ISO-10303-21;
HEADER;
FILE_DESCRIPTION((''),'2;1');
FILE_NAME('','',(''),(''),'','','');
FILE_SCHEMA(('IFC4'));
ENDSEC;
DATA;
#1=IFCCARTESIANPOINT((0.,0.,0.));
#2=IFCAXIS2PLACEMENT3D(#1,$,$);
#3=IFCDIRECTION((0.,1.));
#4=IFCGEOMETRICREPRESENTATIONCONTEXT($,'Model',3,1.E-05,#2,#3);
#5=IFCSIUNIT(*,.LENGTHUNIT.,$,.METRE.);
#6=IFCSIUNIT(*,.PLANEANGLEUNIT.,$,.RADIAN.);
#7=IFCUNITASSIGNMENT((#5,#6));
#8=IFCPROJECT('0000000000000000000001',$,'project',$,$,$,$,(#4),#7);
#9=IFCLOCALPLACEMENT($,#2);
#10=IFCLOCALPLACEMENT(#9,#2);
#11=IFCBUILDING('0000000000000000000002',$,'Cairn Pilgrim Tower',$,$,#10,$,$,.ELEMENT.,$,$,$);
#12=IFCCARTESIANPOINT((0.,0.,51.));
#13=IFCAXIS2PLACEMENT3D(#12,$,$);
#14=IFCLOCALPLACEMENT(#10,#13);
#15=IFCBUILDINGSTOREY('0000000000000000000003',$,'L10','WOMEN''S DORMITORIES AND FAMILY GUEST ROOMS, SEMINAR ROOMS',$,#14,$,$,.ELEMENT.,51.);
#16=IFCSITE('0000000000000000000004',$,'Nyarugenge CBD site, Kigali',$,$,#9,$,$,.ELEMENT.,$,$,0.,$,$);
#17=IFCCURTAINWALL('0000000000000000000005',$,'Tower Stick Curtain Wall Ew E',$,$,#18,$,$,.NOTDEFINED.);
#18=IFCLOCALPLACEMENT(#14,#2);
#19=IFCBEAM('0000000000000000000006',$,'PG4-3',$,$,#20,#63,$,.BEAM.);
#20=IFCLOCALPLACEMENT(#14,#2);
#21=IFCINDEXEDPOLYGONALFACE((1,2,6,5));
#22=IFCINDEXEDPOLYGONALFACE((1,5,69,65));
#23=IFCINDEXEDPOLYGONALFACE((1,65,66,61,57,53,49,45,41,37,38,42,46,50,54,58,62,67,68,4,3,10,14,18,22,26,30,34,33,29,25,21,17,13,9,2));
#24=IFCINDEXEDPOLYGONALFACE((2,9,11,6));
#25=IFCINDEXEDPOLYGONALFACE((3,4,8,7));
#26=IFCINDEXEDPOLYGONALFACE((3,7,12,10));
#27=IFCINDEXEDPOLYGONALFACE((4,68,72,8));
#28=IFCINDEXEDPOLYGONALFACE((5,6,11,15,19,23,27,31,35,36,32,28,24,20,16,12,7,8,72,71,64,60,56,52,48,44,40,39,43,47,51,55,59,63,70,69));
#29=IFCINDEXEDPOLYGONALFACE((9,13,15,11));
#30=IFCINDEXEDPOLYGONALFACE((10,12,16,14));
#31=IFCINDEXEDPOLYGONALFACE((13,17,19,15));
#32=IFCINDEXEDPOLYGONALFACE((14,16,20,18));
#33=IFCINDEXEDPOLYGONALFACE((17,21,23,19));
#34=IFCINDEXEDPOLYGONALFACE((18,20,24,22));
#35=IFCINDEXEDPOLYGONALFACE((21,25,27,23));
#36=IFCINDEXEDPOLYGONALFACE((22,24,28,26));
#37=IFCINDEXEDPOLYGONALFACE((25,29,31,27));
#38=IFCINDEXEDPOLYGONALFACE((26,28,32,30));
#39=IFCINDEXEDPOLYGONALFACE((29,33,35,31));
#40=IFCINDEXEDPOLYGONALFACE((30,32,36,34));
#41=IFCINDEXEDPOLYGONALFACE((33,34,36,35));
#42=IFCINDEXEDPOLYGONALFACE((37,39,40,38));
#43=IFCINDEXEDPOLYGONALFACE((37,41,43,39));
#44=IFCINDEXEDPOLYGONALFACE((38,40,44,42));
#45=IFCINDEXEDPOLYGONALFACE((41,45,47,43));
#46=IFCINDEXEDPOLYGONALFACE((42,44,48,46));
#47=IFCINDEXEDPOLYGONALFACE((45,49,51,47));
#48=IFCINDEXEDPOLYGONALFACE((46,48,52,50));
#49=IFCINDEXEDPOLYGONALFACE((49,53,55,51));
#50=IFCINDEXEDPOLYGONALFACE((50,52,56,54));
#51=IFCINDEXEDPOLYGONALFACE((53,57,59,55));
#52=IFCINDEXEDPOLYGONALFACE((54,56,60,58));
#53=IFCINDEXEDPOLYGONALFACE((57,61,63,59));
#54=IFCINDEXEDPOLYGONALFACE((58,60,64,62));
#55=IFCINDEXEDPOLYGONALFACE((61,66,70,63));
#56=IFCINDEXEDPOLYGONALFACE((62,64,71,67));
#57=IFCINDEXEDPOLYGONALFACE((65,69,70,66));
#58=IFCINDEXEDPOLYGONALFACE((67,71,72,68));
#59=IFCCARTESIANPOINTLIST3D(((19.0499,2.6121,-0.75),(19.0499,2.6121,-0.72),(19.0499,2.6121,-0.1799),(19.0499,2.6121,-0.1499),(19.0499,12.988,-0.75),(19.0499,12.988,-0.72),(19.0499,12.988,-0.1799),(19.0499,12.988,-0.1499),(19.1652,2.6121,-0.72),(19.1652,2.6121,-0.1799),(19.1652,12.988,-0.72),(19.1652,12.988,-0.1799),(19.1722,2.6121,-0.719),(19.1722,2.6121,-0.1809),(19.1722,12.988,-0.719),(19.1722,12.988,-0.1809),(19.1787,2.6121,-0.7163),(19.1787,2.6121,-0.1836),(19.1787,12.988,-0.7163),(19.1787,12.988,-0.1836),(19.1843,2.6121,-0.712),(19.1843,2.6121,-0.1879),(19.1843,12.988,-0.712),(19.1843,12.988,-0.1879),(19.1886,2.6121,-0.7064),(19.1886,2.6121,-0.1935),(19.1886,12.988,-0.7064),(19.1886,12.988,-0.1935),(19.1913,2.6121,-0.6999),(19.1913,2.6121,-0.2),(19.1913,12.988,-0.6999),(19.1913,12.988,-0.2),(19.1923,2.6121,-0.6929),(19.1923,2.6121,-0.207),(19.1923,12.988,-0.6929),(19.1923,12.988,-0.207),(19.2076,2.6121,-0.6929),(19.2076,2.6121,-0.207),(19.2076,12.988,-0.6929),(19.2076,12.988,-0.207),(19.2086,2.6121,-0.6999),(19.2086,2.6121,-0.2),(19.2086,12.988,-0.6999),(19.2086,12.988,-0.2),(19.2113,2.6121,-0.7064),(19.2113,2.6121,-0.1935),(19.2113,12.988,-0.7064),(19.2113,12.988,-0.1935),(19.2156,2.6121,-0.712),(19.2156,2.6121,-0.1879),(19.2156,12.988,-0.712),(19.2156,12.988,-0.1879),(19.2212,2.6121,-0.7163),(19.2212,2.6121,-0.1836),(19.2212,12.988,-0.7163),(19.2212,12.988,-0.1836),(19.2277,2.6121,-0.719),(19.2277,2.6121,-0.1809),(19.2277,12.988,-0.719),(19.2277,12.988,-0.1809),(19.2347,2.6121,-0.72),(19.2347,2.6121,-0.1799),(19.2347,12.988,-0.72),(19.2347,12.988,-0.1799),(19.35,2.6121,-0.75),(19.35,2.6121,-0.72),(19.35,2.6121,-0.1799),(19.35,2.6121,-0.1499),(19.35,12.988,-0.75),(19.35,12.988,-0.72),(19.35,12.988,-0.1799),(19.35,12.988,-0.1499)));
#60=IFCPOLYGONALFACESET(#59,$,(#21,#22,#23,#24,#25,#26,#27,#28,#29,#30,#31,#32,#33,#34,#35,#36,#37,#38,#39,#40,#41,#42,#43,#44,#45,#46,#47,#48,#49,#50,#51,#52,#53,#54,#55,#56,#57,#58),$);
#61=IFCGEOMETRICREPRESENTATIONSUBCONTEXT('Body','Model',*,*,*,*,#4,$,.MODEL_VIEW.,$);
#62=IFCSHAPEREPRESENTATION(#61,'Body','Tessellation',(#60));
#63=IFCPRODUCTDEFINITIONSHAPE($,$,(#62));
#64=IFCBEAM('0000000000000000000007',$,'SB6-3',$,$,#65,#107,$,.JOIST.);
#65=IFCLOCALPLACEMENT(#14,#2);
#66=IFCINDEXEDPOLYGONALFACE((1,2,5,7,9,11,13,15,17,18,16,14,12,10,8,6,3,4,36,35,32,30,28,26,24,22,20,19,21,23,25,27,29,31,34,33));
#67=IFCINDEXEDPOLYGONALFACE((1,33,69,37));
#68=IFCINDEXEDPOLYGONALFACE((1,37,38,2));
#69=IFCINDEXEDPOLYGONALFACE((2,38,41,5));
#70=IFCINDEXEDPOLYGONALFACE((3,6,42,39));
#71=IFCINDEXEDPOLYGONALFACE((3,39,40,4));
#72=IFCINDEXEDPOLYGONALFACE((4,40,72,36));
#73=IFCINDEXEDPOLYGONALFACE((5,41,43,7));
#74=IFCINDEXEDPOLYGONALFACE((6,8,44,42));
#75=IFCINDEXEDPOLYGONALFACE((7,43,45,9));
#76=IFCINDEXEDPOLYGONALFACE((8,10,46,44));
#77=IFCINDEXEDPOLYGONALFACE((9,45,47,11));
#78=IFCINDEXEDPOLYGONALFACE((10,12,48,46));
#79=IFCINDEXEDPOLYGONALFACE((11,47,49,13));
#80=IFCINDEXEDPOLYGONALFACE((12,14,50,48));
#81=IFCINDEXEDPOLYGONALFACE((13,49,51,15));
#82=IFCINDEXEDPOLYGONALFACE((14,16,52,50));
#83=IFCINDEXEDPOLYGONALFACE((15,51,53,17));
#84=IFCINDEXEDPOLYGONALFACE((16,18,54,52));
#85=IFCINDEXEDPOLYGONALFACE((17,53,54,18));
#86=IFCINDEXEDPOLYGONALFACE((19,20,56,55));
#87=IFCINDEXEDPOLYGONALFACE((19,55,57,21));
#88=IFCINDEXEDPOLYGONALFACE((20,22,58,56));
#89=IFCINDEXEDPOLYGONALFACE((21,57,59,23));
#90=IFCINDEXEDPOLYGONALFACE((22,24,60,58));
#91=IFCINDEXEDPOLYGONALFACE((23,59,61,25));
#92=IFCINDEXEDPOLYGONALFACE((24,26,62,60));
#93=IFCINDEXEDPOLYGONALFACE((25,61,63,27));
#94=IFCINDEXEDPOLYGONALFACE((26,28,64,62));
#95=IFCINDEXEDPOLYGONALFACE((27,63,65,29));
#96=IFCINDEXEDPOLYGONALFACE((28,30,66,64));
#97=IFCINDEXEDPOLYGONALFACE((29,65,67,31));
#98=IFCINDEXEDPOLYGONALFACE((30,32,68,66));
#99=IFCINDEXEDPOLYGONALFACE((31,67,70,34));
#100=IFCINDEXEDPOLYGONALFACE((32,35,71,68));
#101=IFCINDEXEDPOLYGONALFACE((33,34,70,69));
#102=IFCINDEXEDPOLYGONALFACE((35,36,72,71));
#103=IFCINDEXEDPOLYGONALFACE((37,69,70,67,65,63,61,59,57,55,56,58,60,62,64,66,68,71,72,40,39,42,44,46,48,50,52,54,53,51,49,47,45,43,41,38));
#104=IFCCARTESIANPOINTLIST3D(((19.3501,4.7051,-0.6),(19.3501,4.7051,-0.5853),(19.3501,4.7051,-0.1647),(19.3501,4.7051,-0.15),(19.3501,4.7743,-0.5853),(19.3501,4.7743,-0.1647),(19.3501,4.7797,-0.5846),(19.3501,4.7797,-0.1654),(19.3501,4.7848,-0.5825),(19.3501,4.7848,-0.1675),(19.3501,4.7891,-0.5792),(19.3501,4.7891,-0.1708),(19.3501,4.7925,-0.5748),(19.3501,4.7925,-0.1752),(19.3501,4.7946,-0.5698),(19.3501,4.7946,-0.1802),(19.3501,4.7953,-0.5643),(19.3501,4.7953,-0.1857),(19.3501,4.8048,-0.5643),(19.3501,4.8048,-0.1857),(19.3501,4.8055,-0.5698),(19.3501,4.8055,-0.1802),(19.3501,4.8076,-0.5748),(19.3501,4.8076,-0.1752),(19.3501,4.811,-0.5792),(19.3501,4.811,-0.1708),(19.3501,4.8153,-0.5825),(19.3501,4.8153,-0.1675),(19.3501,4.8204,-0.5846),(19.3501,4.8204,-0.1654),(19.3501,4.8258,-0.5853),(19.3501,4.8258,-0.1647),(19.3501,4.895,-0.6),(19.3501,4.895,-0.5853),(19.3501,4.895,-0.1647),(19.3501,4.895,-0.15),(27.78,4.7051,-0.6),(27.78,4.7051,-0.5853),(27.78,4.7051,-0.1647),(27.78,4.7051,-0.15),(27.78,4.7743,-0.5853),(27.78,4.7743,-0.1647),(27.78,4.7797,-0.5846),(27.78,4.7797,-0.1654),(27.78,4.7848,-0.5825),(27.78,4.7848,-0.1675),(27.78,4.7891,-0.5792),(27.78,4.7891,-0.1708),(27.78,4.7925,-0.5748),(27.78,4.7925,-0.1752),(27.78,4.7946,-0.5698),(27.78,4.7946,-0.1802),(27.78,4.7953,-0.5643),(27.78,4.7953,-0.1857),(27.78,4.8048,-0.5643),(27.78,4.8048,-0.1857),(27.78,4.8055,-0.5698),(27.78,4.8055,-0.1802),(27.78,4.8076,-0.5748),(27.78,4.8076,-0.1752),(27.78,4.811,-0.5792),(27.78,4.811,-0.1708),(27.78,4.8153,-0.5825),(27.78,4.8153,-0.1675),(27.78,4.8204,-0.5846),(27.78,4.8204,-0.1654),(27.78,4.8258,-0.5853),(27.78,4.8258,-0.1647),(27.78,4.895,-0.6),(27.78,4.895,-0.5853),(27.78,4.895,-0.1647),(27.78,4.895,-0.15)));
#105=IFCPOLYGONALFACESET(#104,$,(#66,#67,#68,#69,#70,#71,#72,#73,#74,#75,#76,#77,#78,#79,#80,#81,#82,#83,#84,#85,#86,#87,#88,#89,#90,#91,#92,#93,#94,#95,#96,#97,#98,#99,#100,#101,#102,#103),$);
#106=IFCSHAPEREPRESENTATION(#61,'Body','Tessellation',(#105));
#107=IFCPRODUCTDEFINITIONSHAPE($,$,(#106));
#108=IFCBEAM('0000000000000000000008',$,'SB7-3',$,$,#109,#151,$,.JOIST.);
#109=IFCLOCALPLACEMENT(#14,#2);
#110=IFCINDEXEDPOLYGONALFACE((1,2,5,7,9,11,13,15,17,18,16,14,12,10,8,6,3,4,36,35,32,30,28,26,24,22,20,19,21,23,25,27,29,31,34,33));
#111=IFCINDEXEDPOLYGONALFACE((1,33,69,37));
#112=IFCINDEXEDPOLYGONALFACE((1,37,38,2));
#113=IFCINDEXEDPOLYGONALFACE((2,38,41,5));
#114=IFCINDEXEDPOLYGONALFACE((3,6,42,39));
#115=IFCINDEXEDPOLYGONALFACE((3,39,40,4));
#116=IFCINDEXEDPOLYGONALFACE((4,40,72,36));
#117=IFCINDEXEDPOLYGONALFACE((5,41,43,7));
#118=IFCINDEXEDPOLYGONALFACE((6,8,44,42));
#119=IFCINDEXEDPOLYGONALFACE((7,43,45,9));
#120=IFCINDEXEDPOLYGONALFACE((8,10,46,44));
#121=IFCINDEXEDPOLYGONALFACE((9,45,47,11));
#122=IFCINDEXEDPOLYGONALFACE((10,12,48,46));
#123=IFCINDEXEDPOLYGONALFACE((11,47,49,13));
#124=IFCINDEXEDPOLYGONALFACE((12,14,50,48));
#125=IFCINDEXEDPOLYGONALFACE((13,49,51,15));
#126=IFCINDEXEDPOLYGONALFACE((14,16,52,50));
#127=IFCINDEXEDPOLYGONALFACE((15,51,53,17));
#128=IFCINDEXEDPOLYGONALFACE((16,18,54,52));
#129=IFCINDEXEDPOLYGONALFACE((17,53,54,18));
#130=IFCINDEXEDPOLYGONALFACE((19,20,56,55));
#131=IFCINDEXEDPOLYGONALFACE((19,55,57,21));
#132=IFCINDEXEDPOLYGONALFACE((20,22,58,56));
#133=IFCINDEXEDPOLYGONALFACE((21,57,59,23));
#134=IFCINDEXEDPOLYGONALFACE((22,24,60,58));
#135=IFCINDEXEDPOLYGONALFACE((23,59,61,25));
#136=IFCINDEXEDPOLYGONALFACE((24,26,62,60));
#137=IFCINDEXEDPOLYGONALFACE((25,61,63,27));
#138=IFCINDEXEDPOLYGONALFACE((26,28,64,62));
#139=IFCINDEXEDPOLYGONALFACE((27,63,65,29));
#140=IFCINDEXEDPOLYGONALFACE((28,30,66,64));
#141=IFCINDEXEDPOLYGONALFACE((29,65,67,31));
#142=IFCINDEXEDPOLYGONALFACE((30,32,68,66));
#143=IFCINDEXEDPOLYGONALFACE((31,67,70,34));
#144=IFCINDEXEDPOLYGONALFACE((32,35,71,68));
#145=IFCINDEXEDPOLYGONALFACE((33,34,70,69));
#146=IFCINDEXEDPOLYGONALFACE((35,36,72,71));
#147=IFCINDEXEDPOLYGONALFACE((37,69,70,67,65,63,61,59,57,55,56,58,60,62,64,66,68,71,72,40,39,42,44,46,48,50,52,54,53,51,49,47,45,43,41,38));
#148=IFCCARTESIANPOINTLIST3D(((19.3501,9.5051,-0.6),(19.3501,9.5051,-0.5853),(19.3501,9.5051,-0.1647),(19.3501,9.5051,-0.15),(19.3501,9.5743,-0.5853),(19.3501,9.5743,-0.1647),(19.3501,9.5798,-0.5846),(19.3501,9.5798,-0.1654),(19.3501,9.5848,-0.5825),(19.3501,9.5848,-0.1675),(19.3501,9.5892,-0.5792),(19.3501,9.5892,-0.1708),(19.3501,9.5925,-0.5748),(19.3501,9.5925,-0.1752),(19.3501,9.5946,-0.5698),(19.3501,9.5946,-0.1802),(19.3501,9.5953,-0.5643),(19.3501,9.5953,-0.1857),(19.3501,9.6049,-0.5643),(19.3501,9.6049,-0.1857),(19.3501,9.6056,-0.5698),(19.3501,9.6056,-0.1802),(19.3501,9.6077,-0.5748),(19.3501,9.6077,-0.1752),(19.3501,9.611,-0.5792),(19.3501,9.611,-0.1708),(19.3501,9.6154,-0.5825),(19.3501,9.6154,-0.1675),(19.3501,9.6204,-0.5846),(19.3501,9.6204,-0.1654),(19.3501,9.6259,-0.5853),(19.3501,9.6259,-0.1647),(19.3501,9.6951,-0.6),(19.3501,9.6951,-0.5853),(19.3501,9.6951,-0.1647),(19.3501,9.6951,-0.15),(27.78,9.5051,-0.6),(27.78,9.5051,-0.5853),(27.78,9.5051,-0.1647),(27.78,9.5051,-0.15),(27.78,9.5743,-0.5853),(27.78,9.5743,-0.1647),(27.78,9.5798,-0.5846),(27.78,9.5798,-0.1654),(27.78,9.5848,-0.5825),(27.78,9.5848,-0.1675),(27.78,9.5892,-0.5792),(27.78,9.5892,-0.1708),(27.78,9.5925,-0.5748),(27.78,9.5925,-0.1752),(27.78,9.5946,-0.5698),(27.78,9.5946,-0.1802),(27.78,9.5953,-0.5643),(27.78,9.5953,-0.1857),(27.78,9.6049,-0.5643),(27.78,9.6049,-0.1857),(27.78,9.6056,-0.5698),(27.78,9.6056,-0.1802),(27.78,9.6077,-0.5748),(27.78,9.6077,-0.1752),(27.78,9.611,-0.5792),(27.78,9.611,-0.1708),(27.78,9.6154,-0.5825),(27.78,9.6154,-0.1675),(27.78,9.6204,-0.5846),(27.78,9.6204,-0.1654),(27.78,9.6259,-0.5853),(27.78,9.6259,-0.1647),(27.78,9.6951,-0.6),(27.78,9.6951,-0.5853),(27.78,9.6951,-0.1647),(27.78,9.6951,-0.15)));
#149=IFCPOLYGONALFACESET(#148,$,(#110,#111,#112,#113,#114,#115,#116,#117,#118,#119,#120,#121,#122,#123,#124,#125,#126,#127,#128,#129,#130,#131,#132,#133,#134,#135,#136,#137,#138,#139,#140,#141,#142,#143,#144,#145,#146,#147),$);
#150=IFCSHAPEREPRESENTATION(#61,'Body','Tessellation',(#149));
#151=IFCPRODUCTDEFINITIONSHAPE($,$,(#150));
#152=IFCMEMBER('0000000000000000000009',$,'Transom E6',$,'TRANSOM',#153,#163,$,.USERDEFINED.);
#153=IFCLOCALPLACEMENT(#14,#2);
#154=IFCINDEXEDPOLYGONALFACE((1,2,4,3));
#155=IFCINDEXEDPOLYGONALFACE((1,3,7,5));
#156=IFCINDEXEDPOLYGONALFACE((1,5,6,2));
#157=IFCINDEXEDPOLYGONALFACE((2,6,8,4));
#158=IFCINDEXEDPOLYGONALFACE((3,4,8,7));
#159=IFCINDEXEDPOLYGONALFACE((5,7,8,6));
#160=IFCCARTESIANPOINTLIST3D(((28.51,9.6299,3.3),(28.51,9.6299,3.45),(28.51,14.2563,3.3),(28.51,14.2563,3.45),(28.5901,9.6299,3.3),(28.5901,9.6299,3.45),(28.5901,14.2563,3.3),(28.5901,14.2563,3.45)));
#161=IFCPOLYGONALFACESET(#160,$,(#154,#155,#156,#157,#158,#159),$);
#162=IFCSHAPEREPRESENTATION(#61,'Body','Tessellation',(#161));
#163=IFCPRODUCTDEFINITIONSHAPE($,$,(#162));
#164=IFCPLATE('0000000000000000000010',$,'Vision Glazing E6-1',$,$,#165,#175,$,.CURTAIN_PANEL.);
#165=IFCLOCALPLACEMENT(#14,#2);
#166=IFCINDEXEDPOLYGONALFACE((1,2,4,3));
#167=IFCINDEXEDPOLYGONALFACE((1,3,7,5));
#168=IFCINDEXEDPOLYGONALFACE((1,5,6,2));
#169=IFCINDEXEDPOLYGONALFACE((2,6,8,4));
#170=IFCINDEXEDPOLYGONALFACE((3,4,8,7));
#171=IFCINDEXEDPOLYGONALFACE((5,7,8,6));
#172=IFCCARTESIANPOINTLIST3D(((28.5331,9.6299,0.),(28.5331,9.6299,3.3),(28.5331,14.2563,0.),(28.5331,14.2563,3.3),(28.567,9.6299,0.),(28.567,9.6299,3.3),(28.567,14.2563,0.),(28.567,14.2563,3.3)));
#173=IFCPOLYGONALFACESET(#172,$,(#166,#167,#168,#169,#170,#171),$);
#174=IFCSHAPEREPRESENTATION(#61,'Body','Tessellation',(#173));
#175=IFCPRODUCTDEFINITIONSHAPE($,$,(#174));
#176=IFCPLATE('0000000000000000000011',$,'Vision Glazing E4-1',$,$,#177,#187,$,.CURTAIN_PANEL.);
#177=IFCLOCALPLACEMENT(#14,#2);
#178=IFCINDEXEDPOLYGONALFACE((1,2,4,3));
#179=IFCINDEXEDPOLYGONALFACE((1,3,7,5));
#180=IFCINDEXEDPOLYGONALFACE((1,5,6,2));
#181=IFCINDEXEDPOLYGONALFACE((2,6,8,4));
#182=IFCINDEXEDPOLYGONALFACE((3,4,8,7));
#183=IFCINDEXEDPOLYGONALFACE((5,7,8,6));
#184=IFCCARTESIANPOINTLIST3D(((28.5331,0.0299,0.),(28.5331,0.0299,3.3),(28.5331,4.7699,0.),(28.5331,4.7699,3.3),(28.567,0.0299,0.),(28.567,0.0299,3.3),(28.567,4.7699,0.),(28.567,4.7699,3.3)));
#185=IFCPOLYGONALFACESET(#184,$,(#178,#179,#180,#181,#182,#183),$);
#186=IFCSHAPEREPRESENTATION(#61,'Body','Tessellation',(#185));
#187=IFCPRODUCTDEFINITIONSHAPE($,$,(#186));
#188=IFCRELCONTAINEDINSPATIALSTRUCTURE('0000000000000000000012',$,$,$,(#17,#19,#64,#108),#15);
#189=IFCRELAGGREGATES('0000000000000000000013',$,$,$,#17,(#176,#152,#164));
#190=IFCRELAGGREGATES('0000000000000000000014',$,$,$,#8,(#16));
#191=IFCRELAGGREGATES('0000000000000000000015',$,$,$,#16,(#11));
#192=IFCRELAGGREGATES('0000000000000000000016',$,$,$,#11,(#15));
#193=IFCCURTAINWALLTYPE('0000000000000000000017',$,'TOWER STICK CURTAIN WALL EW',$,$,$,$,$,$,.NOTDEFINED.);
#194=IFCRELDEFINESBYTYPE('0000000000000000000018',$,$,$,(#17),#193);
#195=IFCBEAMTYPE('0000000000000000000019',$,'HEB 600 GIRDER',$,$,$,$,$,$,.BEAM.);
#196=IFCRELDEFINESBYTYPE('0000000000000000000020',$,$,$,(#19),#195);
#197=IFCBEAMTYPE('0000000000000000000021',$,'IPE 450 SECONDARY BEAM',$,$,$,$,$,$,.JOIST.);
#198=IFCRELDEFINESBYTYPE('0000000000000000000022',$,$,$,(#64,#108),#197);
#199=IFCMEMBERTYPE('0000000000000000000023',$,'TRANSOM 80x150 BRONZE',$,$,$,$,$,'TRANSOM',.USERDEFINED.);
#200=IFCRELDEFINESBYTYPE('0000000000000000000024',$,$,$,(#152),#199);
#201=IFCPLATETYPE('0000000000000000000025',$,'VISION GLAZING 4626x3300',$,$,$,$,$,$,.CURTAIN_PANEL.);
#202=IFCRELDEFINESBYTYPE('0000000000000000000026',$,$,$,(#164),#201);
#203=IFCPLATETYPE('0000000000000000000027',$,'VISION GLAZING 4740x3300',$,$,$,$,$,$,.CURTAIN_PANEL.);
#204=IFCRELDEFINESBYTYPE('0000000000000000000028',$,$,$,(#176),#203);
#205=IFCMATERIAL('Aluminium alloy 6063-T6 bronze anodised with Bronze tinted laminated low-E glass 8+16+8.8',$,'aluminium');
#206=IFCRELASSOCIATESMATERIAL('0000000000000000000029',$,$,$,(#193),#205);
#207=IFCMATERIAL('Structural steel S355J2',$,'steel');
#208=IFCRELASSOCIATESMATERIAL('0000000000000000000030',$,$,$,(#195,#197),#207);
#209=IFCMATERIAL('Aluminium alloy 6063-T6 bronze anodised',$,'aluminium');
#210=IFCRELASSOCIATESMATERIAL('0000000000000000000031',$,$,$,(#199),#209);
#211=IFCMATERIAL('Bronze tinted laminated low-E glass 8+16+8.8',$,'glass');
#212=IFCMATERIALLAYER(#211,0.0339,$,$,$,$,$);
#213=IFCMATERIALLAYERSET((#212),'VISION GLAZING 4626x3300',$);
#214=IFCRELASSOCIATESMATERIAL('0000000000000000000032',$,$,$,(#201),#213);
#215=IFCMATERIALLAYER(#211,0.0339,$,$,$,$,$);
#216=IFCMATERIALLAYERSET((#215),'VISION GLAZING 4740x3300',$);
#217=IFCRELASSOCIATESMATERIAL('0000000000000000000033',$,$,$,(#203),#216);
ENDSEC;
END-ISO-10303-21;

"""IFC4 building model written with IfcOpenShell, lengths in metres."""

from ifc_helpers import new_model, si_unit, direction, frame, origin, origin_2d, place, context, subcontext, project, spatial, rectangle, i_section, extrude, material, layer, layer_set, material_profile, profile_set, type_object, element, aggregate, save


model = new_model("IFC4")

# Units and contexts
model_context = context("Model", 3, precision=1e-05, world=origin(), true_north=direction((0.0, 1.0)))
body_context = subcontext(model_context, "Body", "Model", "MODEL_VIEW")
ifc_project = project(units=[si_unit("LENGTHUNIT", "METRE"), si_unit("PLANEANGLEUNIT", "RADIAN")], contexts=[model_context])

# Site, building, storey
site_placement = place(None, origin())
site = spatial("IfcSite", under=ifc_project, at=site_placement, Name="Nyarugenge CBD site, Kigali", CompositionType="ELEMENT", RefElevation=0.0)
building_placement = place(site_placement, origin())
building = spatial("IfcBuilding", under=site, at=building_placement, Name="Cairn Pilgrim Tower", CompositionType="ELEMENT")
storey_placement = place(building_placement, frame((0.0, 0.0, 51.0)))
storey = spatial("IfcBuildingStorey", under=building, at=storey_placement, Name="L10", Description="WOMEN'S DORMITORIES AND FAMILY GUEST ROOMS, SEMINAR ROOMS", CompositionType="ELEMENT", Elevation=51.0)

# Curtain wall
ifc_material_1 = material(Name="Aluminium alloy 6063-T6 bronze anodised with Bronze tinted laminated low-E glass 8+16+8.8", Category="aluminium")
curtain_wall_type = type_object("IfcCurtainWallType", Name="TOWER STICK CURTAIN WALL EW", PredefinedType="NOTDEFINED", material=ifc_material_1)
curtain_wall_placement = place(storey_placement, origin())
curtain_wall = element("IfcCurtainWall", 1, at=curtain_wall_placement, inside=storey, type_object=curtain_wall_type, Name="Tower Stick Curtain Wall Ew E", PredefinedType="NOTDEFINED")
ifc_material_2 = material(Name="Aluminium alloy 6063-T6 bronze anodised", Category="aluminium")

# Beams
ifc_material_3 = material(Name="Structural steel S355J2", Category="steel")
ifc_material_profile_1 = material_profile(ifc_material_3, i_section(OverallWidth=0.3, OverallDepth=0.6001, WebThickness=0.0154, FlangeThickness=0.03, FilletRadius=0.0271, at=origin_2d()), Name="HEB 600")
ifc_profile_set_1 = profile_set([ifc_material_profile_1], Name="Structural steel S355J2")
beam_type_1 = type_object("IfcBeamType", Name="HEB 600 GIRDER", PredefinedType="BEAM", material=ifc_profile_set_1)
beam_1_placement = place(storey_placement, frame((19.2, 2.6121, -0.45), z_axis=(0.0, 1.0, 0.0), x_axis=(-1.0, 0.0, 0.0)))
element("IfcBeam", 2, at=beam_1_placement, inside=storey, type_object=beam_type_1, Name="PG4-3", PredefinedType="BEAM", context=body_context, shape_type="SweptSolid", body=[
    extrude(i_section(OverallWidth=0.3, OverallDepth=0.6001, WebThickness=0.0154, FlangeThickness=0.03, FilletRadius=0.0271, at=origin_2d()), origin(), (0.0, 0.0, 1.0), 10.376),
])
ifc_material_profile_2 = material_profile(ifc_material_3, i_section(OverallWidth=0.1899, OverallDepth=0.45, WebThickness=0.0095, FlangeThickness=0.0146, FilletRadius=0.021, at=origin_2d()), Name="IPE 450")
ifc_profile_set_2 = profile_set([ifc_material_profile_2], Name="Structural steel S355J2")
beam_type_2 = type_object("IfcBeamType", Name="IPE 450 SECONDARY BEAM", PredefinedType="JOIST", material=ifc_profile_set_2)
for number, where, z_axis, x_axis, name in (
    (3, (19.3501, 4.8, -0.375), (1.0, 0.0, 0.0), (0.0, 1.0, 0.0), "SB6-3"),
    (4, (19.3501, 9.6001, -0.375), (1.0, 0.0, 0.0), (0.0, 1.0, 0.0), "SB7-3"),
):
    element("IfcBeam", number, at=place(storey_placement, frame(where, z_axis=z_axis, x_axis=x_axis)), inside=storey, type_object=beam_type_2, Name=name, PredefinedType="JOIST", context=body_context, shape_type="SweptSolid", body=[
        extrude(i_section(OverallWidth=0.1899, OverallDepth=0.45, WebThickness=0.0095, FlangeThickness=0.0146, FilletRadius=0.021, at=origin_2d()), origin(), (0.0, 0.0, 1.0), 8.4299),
    ])

# Member
ifc_material_profile_3 = material_profile(ifc_material_2, rectangle(XDim=0.0801, YDim=0.1499, at=origin_2d()), Name="TRANSOM 80x150 BRONZE")
ifc_profile_set_3 = profile_set([ifc_material_profile_3], Name="Aluminium alloy 6063-T6 bronze anodised")
member_type_1 = type_object("IfcMemberType", Name="TRANSOM 80x150 BRONZE", ElementType="TRANSOM", PredefinedType="USERDEFINED", material=ifc_profile_set_3)
member_1_placement = place(storey_placement, frame((28.55, 9.6299, 3.375), z_axis=(0.0, 1.0, 0.0), x_axis=(-1.0, 0.0, 0.0)))
member_1 = element("IfcMember", 5, at=member_1_placement, type_object=member_type_1, Name="Transom E6", ObjectType="TRANSOM", PredefinedType="USERDEFINED", context=body_context, shape_type="SweptSolid", body=[
    extrude(rectangle(XDim=0.0801, YDim=0.1499, at=origin_2d()), origin(), (0.0, 0.0, 1.0), 4.6265),
])

# Plates
ifc_material_4 = material(Name="Bronze tinted laminated low-E glass 8+16+8.8", Category="glass")
ifc_layer_1 = layer(ifc_material_4, 0.0339)
ifc_layer_set_1 = layer_set([ifc_layer_1], Name="VISION GLAZING 4626x3300")
plate_type_1 = type_object("IfcPlateType", Name="VISION GLAZING 4626x3300", PredefinedType="CURTAIN_PANEL", material=ifc_layer_set_1)
plate_1_placement = place(storey_placement, frame((28.55, 11.9431, 0.0), z_axis=(0.0, 0.0, 1.0), x_axis=(0.0, 1.0, 0.0)))
plate_1 = element("IfcPlate", 6, at=plate_1_placement, type_object=plate_type_1, Name="Vision Glazing E6-1", PredefinedType="CURTAIN_PANEL", context=body_context, shape_type="SweptSolid", body=[
    extrude(rectangle(XDim=4.6265, YDim=0.0339, at=origin_2d()), origin(), (0.0, 0.0, 1.0), 3.3),
])
ifc_layer_2 = layer(ifc_material_4, 0.0339)
ifc_layer_set_2 = layer_set([ifc_layer_2], Name="VISION GLAZING 4740x3300")
plate_type_2 = type_object("IfcPlateType", Name="VISION GLAZING 4740x3300", PredefinedType="CURTAIN_PANEL", material=ifc_layer_set_2)
plate_2_placement = place(storey_placement, frame((28.55, 2.3999, 0.0), z_axis=(0.0, 0.0, 1.0), x_axis=(0.0, 1.0, 0.0)))
plate_2 = element("IfcPlate", 7, at=plate_2_placement, type_object=plate_type_2, Name="Vision Glazing E4-1", PredefinedType="CURTAIN_PANEL", context=body_context, shape_type="SweptSolid", body=[
    extrude(rectangle(XDim=4.74, YDim=0.0339, at=origin_2d()), origin(), (0.0, 0.0, 1.0), 3.3),
])
aggregate(curtain_wall, [plate_2, member_1, plate_1])

save(model, "model.ifc")
